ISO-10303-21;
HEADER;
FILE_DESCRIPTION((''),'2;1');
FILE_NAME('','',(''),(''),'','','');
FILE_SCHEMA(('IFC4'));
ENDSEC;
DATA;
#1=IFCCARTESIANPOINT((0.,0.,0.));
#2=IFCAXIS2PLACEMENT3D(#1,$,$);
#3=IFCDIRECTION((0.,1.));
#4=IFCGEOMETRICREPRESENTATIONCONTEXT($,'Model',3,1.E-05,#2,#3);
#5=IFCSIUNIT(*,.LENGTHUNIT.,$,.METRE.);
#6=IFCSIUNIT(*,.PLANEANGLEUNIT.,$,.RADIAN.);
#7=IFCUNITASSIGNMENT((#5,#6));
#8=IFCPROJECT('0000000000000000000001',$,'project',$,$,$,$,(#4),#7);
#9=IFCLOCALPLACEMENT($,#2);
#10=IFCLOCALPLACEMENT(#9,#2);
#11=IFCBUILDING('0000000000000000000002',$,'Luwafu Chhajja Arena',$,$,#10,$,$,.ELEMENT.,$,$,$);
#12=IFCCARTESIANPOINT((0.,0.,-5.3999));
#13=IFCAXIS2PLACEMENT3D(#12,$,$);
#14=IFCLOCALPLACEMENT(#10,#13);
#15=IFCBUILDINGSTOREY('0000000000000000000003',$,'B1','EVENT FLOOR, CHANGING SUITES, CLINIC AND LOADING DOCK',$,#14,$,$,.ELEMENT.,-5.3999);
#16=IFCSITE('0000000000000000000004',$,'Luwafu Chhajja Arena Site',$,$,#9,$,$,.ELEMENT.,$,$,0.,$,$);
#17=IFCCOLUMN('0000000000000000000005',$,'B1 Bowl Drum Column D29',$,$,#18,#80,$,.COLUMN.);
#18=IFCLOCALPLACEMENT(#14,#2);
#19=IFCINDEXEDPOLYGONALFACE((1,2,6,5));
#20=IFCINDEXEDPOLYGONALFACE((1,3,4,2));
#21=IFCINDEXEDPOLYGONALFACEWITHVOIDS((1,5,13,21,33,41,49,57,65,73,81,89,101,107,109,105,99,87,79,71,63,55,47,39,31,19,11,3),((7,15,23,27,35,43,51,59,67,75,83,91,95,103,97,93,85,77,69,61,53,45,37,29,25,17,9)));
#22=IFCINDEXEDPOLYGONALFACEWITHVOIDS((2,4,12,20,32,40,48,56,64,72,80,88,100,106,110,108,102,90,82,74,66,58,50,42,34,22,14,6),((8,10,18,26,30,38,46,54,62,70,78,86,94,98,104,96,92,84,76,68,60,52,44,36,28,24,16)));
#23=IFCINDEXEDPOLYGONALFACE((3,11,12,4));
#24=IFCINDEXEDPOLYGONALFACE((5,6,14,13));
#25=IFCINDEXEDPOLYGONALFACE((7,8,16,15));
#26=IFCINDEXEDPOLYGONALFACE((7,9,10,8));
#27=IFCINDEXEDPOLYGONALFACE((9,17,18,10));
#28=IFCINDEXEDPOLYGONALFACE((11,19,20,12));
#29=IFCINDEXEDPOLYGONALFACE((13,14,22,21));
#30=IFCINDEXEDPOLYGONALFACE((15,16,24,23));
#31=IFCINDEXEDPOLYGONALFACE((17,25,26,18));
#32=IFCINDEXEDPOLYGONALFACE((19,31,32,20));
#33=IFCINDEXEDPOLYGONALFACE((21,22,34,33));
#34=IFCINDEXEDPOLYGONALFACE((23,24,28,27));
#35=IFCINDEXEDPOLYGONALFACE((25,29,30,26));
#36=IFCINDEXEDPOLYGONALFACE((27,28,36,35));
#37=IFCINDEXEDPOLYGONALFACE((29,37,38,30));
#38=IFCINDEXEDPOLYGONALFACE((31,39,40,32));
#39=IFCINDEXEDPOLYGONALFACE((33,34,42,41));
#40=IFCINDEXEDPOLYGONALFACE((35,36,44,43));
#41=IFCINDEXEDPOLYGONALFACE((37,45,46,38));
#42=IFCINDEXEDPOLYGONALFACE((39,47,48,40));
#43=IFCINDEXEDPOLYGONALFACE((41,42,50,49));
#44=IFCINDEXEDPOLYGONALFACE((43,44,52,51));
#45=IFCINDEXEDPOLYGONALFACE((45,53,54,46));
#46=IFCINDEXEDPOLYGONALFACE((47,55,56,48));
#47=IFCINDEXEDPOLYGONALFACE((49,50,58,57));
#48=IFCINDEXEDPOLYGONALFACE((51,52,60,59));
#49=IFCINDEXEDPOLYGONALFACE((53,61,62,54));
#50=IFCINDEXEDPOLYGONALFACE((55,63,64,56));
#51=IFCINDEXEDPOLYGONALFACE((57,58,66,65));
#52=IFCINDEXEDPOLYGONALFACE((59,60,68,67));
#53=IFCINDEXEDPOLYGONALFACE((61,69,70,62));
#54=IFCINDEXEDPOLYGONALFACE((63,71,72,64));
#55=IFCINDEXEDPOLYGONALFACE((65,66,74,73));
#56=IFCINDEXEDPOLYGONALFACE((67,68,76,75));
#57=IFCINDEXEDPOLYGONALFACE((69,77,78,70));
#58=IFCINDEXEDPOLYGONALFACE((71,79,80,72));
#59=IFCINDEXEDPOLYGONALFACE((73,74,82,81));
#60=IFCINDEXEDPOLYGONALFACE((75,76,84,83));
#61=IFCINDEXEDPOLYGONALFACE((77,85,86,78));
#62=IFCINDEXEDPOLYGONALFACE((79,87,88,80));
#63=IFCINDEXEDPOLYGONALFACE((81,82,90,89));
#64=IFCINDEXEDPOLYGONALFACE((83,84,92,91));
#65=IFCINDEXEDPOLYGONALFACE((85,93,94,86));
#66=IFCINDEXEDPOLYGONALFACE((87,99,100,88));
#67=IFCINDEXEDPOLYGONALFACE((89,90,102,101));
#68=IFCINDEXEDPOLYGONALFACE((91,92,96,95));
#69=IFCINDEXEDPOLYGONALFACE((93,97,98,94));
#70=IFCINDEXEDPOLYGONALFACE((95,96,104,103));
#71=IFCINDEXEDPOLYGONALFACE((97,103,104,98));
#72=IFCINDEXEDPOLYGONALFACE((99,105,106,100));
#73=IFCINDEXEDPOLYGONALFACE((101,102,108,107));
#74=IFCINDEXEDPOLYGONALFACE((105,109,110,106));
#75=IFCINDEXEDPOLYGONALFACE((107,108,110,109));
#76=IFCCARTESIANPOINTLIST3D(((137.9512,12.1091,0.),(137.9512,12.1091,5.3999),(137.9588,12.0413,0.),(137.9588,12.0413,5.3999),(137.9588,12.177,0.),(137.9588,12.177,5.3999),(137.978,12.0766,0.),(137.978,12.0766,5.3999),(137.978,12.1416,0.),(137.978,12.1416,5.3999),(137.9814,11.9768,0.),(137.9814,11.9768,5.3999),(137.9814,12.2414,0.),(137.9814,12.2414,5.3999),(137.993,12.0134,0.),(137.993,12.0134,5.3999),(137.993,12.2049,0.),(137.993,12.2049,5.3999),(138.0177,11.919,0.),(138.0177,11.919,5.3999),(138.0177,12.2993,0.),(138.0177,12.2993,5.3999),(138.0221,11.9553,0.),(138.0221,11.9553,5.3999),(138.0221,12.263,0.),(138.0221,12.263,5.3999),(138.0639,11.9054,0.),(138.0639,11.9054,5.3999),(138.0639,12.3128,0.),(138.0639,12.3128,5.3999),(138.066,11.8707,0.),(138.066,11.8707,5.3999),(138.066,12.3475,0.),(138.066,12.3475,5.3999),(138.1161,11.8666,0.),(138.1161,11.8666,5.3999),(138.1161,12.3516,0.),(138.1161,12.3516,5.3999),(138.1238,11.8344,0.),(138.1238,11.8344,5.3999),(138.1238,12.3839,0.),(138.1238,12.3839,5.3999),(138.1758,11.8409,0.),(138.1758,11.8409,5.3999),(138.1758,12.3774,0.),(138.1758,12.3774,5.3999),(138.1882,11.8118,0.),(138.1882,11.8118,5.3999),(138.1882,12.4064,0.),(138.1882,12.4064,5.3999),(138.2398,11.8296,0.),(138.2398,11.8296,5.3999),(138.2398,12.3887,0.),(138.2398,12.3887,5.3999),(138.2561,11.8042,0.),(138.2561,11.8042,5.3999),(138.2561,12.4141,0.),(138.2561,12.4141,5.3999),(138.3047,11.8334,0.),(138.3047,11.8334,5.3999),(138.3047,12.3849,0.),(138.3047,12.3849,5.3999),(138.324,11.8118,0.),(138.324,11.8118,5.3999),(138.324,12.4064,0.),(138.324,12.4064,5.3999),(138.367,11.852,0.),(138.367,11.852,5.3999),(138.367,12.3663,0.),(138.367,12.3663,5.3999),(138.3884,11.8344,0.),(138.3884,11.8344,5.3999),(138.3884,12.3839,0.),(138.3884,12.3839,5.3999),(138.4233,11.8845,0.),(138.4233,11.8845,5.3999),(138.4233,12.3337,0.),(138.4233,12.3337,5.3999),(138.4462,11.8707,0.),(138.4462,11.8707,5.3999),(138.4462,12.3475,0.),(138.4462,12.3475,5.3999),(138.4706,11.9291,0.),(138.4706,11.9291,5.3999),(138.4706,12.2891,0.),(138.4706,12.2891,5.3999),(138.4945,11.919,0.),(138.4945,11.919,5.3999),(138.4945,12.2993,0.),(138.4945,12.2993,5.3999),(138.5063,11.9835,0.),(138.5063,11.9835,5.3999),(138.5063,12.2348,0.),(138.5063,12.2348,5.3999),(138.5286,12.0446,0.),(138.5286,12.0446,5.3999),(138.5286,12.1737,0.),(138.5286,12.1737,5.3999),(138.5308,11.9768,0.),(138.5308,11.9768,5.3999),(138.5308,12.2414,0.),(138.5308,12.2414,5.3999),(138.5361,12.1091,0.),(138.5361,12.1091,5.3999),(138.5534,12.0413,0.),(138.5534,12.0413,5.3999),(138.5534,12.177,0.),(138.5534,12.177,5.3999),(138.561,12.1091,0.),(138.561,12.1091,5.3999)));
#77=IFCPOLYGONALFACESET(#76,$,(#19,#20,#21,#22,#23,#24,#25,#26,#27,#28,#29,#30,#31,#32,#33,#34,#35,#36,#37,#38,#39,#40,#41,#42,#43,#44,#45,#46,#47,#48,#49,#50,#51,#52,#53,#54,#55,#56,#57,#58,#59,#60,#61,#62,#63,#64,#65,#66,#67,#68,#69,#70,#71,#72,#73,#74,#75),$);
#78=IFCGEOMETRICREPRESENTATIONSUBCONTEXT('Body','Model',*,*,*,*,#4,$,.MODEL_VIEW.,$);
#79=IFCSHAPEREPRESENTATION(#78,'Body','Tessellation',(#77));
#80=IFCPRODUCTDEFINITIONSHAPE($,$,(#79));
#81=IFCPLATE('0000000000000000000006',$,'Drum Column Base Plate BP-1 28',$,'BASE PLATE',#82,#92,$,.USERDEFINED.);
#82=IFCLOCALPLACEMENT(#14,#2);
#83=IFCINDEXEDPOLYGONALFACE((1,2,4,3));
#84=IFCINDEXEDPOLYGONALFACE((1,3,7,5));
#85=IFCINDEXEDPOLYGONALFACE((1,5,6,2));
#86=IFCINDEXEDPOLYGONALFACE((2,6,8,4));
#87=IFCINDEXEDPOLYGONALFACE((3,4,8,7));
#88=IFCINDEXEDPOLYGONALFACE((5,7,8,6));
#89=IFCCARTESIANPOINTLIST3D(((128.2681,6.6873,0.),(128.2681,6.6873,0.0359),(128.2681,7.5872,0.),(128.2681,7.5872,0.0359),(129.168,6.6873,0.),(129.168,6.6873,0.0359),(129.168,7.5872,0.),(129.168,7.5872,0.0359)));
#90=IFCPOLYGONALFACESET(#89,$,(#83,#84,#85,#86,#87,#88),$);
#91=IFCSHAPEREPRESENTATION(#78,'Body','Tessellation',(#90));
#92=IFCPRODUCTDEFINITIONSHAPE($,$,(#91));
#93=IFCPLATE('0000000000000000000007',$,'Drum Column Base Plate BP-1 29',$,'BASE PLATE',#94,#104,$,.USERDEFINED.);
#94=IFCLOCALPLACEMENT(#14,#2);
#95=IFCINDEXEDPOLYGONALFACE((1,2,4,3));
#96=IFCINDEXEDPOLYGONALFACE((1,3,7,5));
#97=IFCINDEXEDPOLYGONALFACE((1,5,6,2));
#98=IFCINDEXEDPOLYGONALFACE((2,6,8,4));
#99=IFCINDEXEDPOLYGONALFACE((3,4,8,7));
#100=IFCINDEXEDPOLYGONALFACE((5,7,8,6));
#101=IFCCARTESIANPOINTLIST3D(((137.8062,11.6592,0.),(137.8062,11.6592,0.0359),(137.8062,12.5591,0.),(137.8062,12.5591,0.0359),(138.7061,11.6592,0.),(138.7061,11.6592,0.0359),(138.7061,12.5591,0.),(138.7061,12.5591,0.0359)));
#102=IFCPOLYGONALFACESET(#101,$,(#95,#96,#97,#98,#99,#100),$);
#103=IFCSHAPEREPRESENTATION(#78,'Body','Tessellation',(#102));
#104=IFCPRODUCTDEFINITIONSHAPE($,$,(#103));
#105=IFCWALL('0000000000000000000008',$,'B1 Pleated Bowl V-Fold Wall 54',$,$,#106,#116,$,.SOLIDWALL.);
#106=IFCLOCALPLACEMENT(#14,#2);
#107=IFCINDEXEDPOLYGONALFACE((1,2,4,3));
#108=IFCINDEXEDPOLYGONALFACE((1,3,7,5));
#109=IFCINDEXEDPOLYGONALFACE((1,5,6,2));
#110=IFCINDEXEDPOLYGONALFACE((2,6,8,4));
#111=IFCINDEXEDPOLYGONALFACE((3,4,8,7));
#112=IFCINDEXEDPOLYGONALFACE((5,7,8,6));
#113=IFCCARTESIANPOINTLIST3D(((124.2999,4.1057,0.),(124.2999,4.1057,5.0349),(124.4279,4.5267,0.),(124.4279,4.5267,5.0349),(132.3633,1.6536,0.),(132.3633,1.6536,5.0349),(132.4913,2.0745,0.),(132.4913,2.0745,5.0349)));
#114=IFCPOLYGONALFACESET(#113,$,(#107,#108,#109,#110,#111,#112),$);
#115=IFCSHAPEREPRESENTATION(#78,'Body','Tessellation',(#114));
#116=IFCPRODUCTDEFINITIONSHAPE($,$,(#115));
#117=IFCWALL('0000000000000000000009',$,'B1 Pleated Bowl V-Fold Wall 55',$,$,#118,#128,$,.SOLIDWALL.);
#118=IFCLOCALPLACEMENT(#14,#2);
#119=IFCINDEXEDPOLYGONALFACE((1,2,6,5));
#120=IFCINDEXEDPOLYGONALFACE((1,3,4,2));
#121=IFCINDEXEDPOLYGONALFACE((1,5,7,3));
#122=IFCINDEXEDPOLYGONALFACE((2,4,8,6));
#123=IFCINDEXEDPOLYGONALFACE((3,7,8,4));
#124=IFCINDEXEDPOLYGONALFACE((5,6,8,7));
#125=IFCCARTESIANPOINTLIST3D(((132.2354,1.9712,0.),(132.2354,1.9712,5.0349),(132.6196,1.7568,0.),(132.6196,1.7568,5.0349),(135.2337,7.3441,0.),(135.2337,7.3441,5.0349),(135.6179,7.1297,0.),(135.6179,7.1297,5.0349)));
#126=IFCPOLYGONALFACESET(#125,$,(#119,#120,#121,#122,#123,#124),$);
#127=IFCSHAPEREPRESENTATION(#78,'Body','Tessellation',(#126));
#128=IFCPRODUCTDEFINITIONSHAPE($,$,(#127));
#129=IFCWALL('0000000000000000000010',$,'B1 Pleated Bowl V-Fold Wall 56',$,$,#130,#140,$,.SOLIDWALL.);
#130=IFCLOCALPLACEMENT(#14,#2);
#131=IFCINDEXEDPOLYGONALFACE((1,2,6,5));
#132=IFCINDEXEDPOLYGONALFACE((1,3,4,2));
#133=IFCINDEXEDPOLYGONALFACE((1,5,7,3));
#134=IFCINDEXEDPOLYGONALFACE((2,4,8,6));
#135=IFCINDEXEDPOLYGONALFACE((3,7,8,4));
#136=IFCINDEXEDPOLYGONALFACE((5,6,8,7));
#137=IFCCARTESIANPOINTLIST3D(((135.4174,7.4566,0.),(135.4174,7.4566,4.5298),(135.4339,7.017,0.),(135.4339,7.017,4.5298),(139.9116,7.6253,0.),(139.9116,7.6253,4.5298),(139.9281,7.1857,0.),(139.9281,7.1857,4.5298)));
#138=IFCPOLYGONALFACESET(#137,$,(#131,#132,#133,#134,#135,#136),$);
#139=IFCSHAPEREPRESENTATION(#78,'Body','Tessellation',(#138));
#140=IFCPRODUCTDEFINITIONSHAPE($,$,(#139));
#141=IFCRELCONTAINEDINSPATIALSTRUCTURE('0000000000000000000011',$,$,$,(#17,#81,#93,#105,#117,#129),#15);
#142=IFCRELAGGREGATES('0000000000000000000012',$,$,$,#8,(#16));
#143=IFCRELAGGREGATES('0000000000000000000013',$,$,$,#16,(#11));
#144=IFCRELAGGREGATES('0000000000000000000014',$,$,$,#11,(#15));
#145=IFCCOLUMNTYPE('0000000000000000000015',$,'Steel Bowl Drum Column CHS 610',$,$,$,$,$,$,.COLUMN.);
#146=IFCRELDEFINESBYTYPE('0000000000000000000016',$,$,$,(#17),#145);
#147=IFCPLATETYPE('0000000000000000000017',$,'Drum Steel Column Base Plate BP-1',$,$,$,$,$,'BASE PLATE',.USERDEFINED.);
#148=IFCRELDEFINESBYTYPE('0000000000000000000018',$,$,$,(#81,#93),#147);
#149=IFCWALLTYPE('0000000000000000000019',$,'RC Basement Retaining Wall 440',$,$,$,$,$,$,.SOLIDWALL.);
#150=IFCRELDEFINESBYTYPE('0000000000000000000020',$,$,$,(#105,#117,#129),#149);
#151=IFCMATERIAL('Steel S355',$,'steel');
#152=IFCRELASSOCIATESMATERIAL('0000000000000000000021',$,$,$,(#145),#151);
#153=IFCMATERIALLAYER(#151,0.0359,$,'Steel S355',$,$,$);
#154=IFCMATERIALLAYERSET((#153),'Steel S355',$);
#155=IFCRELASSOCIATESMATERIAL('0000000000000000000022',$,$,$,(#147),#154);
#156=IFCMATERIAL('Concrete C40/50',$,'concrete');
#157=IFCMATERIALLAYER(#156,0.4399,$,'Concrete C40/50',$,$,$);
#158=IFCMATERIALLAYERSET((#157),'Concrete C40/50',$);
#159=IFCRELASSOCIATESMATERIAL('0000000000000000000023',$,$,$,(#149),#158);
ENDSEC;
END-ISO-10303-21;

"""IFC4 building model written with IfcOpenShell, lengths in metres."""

from ifc_helpers import new_model, si_unit, direction, frame, frame_2d, origin, origin_2d, place, context, subcontext, project, spatial, rectangle, hollow_circle, extrude, material, layer, layer_set, material_profile, profile_set, type_object, element, save


model = new_model("IFC4")

# Units and contexts
model_context = context("Model", 3, precision=1e-05, world=origin(), true_north=direction((0.0, 1.0)))
body_context = subcontext(model_context, "Body", "Model", "MODEL_VIEW")
ifc_project = project(units=[si_unit("LENGTHUNIT", "METRE"), si_unit("PLANEANGLEUNIT", "RADIAN")], contexts=[model_context])

# Site, building, storey
site_placement = place(None, origin())
site = spatial("IfcSite", under=ifc_project, at=site_placement, Name="Luwafu Chhajja Arena Site", CompositionType="ELEMENT", RefElevation=0.0)
building_placement = place(site_placement, origin())
building = spatial("IfcBuilding", under=site, at=building_placement, Name="Luwafu Chhajja Arena", CompositionType="ELEMENT")
storey_placement = place(building_placement, frame((0.0, 0.0, -5.3999)))
storey = spatial("IfcBuildingStorey", under=building, at=storey_placement, Name="B1", Description="EVENT FLOOR, CHANGING SUITES, CLINIC AND LOADING DOCK", CompositionType="ELEMENT", Elevation=-5.3999)

# Column
ifc_material_1 = material(Name="Concrete C40/50", Category="concrete")
ifc_material_2 = material(Name="Steel S355", Category="steel")
ifc_material_profile_1 = material_profile(ifc_material_2, hollow_circle(Radius=0.3049, WallThickness=0.0249, at=origin_2d()), Name="CHS 610x25")
ifc_profile_set_1 = profile_set([ifc_material_profile_1], Name="Steel S355")
column_type_1 = type_object("IfcColumnType", Name="Steel Bowl Drum Column CHS 610", PredefinedType="COLUMN", material=ifc_profile_set_1)
for number, where, z_axis, x_axis, name in (
    (1, (138.2561, 12.1091, 0.0), (0.0, 0.0, 1.0), (1.0, 0.0, 0.0), "B1 Bowl Drum Column D29"),
):
    element("IfcColumn", number, at=place(storey_placement, frame(where, z_axis=z_axis, x_axis=x_axis)), inside=storey, type_object=column_type_1, Name=name, PredefinedType="COLUMN", context=body_context, shape_type="SweptSolid", body=[
        extrude(hollow_circle(Radius=0.3049, WallThickness=0.0249, at=origin_2d()), origin(), (0.0, 0.0, 1.0), 5.3999),
    ])

# Plates
ifc_layer_1 = layer(ifc_material_2, 0.0359, Name="Steel S355")
ifc_layer_set_1 = layer_set([ifc_layer_1], Name="Steel S355")
plate_type = type_object("IfcPlateType", Name="Drum Steel Column Base Plate BP-1", ElementType="BASE PLATE", PredefinedType="USERDEFINED", material=ifc_layer_set_1)
for number, where, z_axis, x_axis, name in (
    (2, (128.718, 7.1372, 0.0), (0.0, 0.0, 1.0), (1.0, 0.0, 0.0), "Drum Column Base Plate BP-1 28"),
    (3, (138.2561, 12.1091, 0.0), (0.0, 0.0, 1.0), (1.0, 0.0, 0.0), "Drum Column Base Plate BP-1 29"),
):
    element("IfcPlate", number, at=place(storey_placement, frame(where, z_axis=z_axis, x_axis=x_axis)), inside=storey, type_object=plate_type, Name=name, ObjectType="BASE PLATE", PredefinedType="USERDEFINED", context=body_context, shape_type="SweptSolid", body=[
        extrude(rectangle(XDim=0.8999, YDim=0.8999, at=origin_2d()), origin(), (0.0, 0.0, 1.0), 0.0359),
    ])

# Walls
ifc_layer_2 = layer(ifc_material_1, 0.4399, Name="Concrete C40/50")
ifc_layer_set_2 = layer_set([ifc_layer_2], Name="Concrete C40/50")
wall_type = type_object("IfcWallType", Name="RC Basement Retaining Wall 440", PredefinedType="SOLIDWALL", material=ifc_layer_set_2)
wall_1_placement = place(storey_placement, frame((124.364, 4.3162, 0.0), z_axis=(0.0, 0.0, 1.0), x_axis=(0.956738, -0.29095, 0.0)))
element("IfcWall", 4, at=wall_1_placement, inside=storey, type_object=wall_type, Name="B1 Pleated Bowl V-Fold Wall 54", PredefinedType="SOLIDWALL", context=body_context, shape_type="SweptSolid", body=[
    extrude(rectangle(XDim=8.428, YDim=0.4399, at=frame_2d((4.2139, 0.0))), origin(), (0.0, 0.0, 1.0), 5.0349),
])
wall_2_placement = place(storey_placement, frame((132.4275, 1.864, 0.0), z_axis=(0.0, 0.0, 1.0), x_axis=(0.487306, 0.873231, 0.0)))
element("IfcWall", 5, at=wall_2_placement, inside=storey, type_object=wall_type, Name="B1 Pleated Bowl V-Fold Wall 55", PredefinedType="SOLIDWALL", context=body_context, shape_type="SweptSolid", body=[
    extrude(rectangle(XDim=6.1528, YDim=0.4399, at=frame_2d((3.0764, 0.0))), origin(), (0.0, 0.0, 1.0), 5.0349),
])
wall_3_placement = place(storey_placement, frame((135.4258, 7.2368, 0.0), z_axis=(0.0, 0.0, 1.0), x_axis=(0.999296, 0.037512, 0.0)))
element("IfcWall", 6, at=wall_3_placement, inside=storey, type_object=wall_type, Name="B1 Pleated Bowl V-Fold Wall 56", PredefinedType="SOLIDWALL", context=body_context, shape_type="SweptSolid", body=[
    extrude(rectangle(XDim=4.4973, YDim=0.4399, at=frame_2d((2.2485, 0.0))), origin(), (0.0, 0.0, 1.0), 4.5298),
])

save(model, "model.ifc")
